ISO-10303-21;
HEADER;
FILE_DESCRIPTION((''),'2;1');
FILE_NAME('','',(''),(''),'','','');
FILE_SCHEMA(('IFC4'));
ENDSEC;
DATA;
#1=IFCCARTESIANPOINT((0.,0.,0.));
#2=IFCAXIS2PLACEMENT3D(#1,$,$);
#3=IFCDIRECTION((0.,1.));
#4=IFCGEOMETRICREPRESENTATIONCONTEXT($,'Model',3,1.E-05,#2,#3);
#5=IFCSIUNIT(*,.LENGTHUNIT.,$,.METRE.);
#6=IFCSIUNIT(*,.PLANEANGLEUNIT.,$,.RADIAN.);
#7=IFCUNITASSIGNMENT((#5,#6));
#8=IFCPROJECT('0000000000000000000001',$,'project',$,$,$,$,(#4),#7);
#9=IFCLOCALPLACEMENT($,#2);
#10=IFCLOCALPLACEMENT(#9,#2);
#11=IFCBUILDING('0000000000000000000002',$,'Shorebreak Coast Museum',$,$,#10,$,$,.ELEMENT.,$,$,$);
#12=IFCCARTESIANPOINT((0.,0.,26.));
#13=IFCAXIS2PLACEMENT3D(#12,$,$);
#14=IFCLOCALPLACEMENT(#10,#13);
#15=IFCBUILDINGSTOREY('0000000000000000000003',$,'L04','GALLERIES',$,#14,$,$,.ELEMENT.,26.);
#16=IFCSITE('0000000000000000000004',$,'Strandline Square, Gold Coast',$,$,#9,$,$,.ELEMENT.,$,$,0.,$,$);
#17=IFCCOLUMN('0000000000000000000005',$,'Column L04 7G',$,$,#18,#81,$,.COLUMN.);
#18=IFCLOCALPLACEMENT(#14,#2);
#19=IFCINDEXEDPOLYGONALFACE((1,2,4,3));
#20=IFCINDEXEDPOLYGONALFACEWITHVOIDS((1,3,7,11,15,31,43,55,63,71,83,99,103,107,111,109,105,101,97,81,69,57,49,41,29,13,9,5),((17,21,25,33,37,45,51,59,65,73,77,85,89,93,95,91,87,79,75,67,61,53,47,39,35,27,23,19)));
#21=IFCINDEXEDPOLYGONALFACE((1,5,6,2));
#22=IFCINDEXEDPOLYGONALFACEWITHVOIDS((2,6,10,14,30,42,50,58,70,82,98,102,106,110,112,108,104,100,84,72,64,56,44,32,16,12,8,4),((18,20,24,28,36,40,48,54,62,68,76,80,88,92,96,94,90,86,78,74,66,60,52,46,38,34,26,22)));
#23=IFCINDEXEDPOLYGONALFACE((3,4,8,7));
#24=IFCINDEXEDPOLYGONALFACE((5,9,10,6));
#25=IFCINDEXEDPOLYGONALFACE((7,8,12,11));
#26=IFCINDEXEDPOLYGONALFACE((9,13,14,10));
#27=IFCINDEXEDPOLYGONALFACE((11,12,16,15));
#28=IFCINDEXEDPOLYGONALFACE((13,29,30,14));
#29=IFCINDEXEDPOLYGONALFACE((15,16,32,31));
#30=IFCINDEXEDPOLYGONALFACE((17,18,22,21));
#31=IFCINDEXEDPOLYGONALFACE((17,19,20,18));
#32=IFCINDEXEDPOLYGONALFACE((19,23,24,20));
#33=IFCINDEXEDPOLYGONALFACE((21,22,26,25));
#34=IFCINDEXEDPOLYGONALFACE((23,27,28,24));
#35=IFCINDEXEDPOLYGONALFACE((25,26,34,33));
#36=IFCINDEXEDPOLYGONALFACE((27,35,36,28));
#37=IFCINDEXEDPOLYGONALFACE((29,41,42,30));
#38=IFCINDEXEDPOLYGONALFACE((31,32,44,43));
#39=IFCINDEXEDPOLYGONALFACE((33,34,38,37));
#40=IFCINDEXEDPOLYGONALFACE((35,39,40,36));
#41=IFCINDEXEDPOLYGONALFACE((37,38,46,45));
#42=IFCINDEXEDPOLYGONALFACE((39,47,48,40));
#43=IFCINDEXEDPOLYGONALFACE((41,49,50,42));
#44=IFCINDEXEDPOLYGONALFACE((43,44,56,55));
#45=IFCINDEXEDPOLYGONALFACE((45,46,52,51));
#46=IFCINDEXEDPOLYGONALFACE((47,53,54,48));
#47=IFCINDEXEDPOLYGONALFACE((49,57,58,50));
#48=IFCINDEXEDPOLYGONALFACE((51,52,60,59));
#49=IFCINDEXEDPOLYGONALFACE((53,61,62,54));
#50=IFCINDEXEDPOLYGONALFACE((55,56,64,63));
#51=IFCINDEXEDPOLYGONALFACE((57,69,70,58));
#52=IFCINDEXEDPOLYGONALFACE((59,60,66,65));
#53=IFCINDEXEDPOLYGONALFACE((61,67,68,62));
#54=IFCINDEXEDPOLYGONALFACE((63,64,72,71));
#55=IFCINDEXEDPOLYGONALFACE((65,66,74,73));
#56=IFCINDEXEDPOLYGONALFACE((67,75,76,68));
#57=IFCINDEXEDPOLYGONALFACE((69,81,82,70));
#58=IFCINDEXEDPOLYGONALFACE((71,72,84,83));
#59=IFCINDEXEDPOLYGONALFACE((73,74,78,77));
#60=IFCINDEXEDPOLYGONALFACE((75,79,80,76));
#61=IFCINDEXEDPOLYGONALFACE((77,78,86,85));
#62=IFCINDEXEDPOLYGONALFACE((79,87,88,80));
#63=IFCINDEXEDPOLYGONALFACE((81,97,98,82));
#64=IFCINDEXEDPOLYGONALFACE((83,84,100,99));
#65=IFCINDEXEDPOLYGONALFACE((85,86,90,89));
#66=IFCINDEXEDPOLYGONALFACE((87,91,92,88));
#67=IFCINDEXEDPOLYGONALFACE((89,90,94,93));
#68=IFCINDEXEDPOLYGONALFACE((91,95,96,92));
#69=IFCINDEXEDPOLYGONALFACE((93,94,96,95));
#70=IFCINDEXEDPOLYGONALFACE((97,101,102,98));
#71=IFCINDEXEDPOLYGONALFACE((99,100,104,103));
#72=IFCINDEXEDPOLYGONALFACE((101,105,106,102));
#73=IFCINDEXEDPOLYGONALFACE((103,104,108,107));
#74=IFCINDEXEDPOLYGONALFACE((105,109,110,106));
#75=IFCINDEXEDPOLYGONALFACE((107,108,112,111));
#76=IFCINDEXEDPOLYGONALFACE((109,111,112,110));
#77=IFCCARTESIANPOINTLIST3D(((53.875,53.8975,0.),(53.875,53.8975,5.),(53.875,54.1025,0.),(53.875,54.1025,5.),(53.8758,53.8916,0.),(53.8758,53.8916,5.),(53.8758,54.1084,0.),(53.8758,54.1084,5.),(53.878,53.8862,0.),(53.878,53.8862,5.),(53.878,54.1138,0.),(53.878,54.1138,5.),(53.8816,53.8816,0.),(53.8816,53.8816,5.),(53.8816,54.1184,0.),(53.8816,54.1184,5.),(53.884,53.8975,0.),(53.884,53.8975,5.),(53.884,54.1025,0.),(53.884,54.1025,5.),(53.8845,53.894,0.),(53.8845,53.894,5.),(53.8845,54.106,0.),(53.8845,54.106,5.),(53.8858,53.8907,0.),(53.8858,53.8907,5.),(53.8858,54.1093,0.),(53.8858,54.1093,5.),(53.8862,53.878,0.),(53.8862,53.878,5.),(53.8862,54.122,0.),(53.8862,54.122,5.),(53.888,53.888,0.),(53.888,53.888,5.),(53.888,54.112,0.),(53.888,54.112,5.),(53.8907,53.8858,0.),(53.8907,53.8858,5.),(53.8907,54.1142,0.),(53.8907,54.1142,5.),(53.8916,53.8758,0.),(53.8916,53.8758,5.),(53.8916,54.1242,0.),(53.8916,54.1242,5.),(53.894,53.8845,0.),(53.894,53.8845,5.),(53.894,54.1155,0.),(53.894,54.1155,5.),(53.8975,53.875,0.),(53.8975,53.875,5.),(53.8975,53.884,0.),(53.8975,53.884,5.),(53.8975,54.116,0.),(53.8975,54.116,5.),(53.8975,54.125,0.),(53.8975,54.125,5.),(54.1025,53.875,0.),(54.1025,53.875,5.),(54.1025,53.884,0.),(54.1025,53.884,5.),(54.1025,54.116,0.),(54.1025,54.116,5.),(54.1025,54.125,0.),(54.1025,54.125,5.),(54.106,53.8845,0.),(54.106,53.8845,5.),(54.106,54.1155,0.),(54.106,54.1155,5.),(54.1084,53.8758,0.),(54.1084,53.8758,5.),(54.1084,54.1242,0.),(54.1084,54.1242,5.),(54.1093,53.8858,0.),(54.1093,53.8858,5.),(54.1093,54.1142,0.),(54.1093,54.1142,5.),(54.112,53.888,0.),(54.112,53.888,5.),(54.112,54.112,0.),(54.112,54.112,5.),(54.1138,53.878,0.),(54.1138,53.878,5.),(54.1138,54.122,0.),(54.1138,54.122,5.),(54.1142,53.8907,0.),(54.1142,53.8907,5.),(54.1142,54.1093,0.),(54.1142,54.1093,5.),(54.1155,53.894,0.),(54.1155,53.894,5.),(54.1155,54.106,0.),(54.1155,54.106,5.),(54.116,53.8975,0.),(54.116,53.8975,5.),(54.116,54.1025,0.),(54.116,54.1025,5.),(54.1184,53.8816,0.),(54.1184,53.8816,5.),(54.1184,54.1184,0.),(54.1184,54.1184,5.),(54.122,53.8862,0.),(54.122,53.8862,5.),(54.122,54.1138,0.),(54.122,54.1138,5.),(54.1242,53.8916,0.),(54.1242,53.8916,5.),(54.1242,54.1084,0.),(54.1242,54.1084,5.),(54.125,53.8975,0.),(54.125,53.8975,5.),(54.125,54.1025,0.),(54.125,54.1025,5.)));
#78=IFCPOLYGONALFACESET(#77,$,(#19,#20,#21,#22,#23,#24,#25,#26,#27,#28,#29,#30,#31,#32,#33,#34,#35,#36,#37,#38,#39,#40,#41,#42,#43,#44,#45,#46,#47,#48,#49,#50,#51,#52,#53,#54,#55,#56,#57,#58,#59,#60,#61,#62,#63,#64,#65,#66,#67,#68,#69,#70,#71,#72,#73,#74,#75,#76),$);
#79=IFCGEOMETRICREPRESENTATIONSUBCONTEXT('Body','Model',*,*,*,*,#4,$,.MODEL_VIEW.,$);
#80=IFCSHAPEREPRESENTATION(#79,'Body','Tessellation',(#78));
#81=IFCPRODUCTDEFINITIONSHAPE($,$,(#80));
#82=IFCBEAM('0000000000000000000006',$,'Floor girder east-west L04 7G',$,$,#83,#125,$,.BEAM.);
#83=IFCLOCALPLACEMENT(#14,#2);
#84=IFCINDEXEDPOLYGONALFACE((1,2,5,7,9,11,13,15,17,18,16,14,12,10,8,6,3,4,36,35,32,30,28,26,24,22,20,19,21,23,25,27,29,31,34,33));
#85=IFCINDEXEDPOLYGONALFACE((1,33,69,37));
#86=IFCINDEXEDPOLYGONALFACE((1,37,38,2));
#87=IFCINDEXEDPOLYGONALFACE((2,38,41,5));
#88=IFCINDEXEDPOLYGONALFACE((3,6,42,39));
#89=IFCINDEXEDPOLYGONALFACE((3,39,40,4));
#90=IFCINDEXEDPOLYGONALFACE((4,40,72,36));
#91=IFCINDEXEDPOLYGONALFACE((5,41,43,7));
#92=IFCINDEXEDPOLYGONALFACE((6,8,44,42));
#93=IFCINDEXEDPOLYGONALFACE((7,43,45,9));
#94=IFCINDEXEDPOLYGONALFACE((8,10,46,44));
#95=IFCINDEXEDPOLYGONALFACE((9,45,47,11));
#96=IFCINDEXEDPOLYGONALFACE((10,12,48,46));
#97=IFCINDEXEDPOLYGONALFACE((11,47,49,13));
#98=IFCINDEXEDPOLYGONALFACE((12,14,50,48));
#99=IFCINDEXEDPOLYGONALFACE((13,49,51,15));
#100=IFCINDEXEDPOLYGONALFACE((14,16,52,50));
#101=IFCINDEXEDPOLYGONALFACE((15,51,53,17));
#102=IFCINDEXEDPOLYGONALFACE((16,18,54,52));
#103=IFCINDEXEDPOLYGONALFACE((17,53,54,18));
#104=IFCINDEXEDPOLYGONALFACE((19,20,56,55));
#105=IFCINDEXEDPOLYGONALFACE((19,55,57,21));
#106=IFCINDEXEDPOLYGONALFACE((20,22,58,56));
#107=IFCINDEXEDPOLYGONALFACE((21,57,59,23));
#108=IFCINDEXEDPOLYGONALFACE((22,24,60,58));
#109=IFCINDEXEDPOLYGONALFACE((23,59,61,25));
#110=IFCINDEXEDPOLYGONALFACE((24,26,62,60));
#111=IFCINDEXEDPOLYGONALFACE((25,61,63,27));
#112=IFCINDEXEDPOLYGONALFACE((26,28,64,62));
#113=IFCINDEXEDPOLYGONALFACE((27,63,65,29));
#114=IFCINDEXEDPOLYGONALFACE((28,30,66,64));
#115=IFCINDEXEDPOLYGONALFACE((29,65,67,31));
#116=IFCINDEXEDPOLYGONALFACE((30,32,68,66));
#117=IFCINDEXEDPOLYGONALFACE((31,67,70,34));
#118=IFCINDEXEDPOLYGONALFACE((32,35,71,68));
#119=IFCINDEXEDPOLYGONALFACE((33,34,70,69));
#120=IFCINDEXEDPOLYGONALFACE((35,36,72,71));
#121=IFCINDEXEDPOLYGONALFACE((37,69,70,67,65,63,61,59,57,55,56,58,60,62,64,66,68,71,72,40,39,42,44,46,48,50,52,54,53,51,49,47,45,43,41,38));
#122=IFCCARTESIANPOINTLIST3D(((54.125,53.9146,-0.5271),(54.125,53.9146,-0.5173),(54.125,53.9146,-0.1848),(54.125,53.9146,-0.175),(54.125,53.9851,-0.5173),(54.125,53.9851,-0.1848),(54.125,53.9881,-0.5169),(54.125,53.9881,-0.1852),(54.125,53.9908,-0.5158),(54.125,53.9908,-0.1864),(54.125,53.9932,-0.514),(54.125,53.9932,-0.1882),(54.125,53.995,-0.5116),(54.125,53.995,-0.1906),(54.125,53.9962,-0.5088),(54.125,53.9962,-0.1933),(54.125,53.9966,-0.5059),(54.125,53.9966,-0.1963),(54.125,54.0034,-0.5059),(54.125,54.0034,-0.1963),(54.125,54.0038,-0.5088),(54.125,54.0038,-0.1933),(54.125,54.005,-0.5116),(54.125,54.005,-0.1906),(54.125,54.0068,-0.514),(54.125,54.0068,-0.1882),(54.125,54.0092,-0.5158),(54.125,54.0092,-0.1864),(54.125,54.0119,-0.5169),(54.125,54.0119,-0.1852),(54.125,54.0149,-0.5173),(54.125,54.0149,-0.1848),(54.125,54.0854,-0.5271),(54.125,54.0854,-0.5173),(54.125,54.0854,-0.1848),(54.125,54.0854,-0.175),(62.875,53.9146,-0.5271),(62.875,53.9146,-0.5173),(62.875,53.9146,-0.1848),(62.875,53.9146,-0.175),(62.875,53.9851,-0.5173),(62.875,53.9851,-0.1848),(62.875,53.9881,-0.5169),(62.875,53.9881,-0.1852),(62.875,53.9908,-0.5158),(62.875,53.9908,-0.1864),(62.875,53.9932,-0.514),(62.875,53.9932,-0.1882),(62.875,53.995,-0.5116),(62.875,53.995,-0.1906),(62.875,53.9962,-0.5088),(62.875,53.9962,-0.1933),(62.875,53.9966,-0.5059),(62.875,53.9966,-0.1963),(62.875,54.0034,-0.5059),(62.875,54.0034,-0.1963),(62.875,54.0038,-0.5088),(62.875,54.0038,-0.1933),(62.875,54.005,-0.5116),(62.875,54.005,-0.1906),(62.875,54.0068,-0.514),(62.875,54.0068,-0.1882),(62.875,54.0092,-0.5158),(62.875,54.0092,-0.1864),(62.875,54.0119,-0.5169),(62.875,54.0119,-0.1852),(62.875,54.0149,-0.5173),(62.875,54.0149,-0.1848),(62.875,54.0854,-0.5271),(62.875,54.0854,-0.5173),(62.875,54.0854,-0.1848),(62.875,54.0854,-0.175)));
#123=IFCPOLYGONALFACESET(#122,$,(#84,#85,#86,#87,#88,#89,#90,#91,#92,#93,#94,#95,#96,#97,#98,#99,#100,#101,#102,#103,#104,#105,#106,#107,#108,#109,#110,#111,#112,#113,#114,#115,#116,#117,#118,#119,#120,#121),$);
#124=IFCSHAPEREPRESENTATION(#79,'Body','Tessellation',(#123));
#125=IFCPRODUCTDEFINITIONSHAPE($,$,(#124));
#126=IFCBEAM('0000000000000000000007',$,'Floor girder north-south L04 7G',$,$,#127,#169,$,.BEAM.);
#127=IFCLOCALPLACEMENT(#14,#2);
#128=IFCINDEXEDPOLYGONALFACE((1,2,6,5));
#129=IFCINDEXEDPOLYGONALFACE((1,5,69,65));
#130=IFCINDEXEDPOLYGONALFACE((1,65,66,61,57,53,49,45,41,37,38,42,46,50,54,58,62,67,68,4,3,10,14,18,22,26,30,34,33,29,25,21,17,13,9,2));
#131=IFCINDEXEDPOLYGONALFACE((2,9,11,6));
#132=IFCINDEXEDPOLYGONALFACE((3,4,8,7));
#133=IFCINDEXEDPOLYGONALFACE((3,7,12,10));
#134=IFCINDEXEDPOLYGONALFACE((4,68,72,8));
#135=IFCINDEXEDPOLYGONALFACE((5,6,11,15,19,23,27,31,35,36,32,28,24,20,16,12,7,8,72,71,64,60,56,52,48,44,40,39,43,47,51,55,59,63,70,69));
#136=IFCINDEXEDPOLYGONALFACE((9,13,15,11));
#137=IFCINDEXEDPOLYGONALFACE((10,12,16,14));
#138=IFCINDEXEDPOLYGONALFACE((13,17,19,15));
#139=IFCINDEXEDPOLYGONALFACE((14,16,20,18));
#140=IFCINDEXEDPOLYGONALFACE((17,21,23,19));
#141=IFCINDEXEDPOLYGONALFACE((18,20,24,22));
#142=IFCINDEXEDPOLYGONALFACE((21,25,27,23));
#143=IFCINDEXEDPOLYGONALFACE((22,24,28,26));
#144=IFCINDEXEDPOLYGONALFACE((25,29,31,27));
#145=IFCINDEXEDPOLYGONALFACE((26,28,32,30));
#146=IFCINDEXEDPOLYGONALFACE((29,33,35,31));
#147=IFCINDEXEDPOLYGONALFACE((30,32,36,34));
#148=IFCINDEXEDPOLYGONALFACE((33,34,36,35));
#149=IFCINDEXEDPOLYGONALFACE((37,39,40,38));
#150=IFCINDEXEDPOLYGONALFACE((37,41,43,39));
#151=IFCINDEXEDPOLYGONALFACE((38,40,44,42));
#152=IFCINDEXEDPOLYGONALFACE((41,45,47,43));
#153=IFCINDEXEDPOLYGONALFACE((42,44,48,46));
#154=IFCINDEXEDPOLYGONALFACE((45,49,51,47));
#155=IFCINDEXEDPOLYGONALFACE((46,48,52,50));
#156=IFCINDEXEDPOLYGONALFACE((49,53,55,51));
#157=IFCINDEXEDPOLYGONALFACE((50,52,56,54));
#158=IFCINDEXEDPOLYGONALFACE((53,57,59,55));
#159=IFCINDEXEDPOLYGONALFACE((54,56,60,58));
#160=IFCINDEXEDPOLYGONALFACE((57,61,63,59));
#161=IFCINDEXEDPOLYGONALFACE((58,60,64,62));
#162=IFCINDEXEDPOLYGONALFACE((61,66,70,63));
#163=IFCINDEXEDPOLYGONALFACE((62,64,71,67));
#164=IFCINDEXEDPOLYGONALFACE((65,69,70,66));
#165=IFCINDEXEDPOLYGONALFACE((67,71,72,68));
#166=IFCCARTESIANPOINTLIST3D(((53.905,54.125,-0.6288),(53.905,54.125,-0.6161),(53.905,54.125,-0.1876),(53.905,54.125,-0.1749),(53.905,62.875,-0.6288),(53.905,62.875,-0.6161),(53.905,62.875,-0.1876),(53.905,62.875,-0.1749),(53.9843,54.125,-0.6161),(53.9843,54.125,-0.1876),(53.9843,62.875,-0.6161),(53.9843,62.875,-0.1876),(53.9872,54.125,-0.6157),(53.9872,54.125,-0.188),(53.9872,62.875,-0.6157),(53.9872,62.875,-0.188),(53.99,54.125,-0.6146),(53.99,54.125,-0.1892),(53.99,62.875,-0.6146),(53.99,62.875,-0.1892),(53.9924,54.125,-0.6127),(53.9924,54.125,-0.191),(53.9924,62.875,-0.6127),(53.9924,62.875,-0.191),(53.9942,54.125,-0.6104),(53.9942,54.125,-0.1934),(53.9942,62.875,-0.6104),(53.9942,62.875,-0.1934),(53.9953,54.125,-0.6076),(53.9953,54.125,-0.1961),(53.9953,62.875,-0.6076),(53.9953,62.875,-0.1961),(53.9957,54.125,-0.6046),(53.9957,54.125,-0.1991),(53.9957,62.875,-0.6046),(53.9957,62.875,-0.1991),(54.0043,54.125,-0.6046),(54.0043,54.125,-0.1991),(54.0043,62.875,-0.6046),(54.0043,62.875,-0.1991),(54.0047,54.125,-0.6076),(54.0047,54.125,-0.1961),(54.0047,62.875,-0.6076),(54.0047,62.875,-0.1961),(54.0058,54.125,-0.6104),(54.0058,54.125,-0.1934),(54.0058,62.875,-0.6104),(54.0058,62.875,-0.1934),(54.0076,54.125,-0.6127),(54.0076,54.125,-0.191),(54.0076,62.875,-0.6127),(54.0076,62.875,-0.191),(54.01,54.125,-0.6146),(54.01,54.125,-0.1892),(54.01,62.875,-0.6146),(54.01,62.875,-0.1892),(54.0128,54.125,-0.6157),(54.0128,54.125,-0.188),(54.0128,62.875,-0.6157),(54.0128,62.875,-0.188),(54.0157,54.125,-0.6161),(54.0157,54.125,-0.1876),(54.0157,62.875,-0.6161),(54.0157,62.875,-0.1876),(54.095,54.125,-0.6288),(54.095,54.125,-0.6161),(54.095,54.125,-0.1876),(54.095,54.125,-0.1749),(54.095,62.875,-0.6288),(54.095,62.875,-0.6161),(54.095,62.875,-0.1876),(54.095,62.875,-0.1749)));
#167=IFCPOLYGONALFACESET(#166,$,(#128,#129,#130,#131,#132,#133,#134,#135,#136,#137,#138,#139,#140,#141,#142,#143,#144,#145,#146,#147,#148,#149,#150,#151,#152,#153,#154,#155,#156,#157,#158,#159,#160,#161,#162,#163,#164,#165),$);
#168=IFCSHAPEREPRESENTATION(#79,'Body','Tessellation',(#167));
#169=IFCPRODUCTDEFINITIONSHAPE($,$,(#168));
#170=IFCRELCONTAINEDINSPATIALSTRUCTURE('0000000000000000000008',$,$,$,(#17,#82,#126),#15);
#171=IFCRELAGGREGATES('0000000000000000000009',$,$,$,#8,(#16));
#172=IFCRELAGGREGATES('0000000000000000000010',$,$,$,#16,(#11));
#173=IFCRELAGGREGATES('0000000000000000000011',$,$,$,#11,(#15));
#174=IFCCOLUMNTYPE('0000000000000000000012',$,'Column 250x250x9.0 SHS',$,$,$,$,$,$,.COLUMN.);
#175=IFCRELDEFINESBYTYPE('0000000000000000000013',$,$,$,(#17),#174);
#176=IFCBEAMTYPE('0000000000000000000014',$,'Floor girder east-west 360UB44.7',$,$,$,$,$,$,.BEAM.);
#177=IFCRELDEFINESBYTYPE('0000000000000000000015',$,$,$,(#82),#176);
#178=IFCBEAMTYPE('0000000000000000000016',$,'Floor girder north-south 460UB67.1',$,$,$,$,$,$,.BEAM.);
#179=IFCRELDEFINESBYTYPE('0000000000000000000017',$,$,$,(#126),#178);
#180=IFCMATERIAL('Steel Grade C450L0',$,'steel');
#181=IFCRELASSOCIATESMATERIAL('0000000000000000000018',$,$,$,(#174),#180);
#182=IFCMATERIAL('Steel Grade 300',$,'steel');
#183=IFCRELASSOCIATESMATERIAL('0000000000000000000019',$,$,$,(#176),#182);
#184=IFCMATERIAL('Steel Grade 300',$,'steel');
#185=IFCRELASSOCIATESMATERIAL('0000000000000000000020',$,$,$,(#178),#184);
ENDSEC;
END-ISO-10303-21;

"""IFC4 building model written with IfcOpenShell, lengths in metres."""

from ifc_helpers import new_model, si_unit, direction, frame, origin, origin_2d, place, context, subcontext, project, spatial, hollow_rectangle, i_section, extrude, material, material_profile, profile_set, type_object, element, save


model = new_model("IFC4")

# Units and contexts
model_context = context("Model", 3, precision=1e-05, world=origin(), true_north=direction((0.0, 1.0)))
body_context = subcontext(model_context, "Body", "Model", "MODEL_VIEW")
ifc_project = project(units=[si_unit("LENGTHUNIT", "METRE"), si_unit("PLANEANGLEUNIT", "RADIAN")], contexts=[model_context])

# Site, building, storey
site_placement = place(None, origin())
site = spatial("IfcSite", under=ifc_project, at=site_placement, Name="Strandline Square, Gold Coast", CompositionType="ELEMENT", RefElevation=0.0)
building_placement = place(site_placement, origin())
building = spatial("IfcBuilding", under=site, at=building_placement, Name="Shorebreak Coast Museum", CompositionType="ELEMENT")
storey_placement = place(building_placement, frame((0.0, 0.0, 26.0)))
storey = spatial("IfcBuildingStorey", under=building, at=storey_placement, Name="L04", Description="GALLERIES", CompositionType="ELEMENT", Elevation=26.0)

# Column
ifc_material_1 = material(Name="Steel Grade C450L0", Category="steel")
ifc_material_profile_1 = material_profile(ifc_material_1, hollow_rectangle(XDim=0.25, YDim=0.25, WallThickness=0.009, InnerFilletRadius=0.0134, OuterFilletRadius=0.0225, at=origin_2d()), Name="250x250x9.0 SHS")
ifc_profile_set_1 = profile_set([ifc_material_profile_1], Name="Steel Grade C450L0")
column_type = type_object("IfcColumnType", Name="Column 250x250x9.0 SHS", PredefinedType="COLUMN", material=ifc_profile_set_1)
column_placement = place(storey_placement, frame((54.0, 54.0, 0.0), z_axis=(0.0, 0.0, 1.0), x_axis=(1.0, 0.0, 0.0)))
element("IfcColumn", 1, at=column_placement, inside=storey, type_object=column_type, Name="Column L04 7G", PredefinedType="COLUMN", context=body_context, shape_type="SweptSolid", body=[
    extrude(hollow_rectangle(XDim=0.25, YDim=0.25, WallThickness=0.009, InnerFilletRadius=0.0134, OuterFilletRadius=0.0225, at=origin_2d()), origin(), (0.0, 0.0, 1.0), 5.0),
])

# Beams
ifc_material_2 = material(Name="Steel Grade 300", Category="steel")
ifc_material_profile_2 = material_profile(ifc_material_2, i_section(OverallWidth=0.1709, OverallDepth=0.3521, WebThickness=0.0068, FlangeThickness=0.0098, FilletRadius=0.0115, at=origin_2d()), Name="360UB44.7")
ifc_profile_set_2 = profile_set([ifc_material_profile_2], Name="Steel Grade 300")
beam_type_1 = type_object("IfcBeamType", Name="Floor girder east-west 360UB44.7", PredefinedType="BEAM", material=ifc_profile_set_2)
beam_1_placement = place(storey_placement, frame((54.125, 54.0, -0.3511), z_axis=(1.0, 0.0, 0.0), x_axis=(0.0, 1.0, 0.0)))
element("IfcBeam", 2, at=beam_1_placement, inside=storey, type_object=beam_type_1, Name="Floor girder east-west L04 7G", PredefinedType="BEAM", context=body_context, shape_type="SweptSolid", body=[
    extrude(i_section(OverallWidth=0.1709, OverallDepth=0.3521, WebThickness=0.0068, FlangeThickness=0.0098, FilletRadius=0.0115, at=origin_2d()), origin(), (0.0, 0.0, 1.0), 8.75),
])
ifc_material_3 = material(Name="Steel Grade 300", Category="steel")
ifc_material_profile_3 = material_profile(ifc_material_3, i_section(OverallWidth=0.1899, OverallDepth=0.4539, WebThickness=0.0085, FlangeThickness=0.0127, FilletRadius=0.0115, at=origin_2d()), Name="460UB67.1")
ifc_profile_set_3 = profile_set([ifc_material_profile_3], Name="Steel Grade 300")
beam_type_2 = type_object("IfcBeamType", Name="Floor girder north-south 460UB67.1", PredefinedType="BEAM", material=ifc_profile_set_3)
beam_2_placement = place(storey_placement, frame((54.0, 54.125, -0.4019), z_axis=(0.0, 1.0, 0.0), x_axis=(-1.0, 0.0, 0.0)))
element("IfcBeam", 3, at=beam_2_placement, inside=storey, type_object=beam_type_2, Name="Floor girder north-south L04 7G", PredefinedType="BEAM", context=body_context, shape_type="SweptSolid", body=[
    extrude(i_section(OverallWidth=0.1899, OverallDepth=0.4539, WebThickness=0.0085, FlangeThickness=0.0127, FilletRadius=0.0115, at=origin_2d()), origin(), (0.0, 0.0, 1.0), 8.75),
])

save(model, "model.ifc")
